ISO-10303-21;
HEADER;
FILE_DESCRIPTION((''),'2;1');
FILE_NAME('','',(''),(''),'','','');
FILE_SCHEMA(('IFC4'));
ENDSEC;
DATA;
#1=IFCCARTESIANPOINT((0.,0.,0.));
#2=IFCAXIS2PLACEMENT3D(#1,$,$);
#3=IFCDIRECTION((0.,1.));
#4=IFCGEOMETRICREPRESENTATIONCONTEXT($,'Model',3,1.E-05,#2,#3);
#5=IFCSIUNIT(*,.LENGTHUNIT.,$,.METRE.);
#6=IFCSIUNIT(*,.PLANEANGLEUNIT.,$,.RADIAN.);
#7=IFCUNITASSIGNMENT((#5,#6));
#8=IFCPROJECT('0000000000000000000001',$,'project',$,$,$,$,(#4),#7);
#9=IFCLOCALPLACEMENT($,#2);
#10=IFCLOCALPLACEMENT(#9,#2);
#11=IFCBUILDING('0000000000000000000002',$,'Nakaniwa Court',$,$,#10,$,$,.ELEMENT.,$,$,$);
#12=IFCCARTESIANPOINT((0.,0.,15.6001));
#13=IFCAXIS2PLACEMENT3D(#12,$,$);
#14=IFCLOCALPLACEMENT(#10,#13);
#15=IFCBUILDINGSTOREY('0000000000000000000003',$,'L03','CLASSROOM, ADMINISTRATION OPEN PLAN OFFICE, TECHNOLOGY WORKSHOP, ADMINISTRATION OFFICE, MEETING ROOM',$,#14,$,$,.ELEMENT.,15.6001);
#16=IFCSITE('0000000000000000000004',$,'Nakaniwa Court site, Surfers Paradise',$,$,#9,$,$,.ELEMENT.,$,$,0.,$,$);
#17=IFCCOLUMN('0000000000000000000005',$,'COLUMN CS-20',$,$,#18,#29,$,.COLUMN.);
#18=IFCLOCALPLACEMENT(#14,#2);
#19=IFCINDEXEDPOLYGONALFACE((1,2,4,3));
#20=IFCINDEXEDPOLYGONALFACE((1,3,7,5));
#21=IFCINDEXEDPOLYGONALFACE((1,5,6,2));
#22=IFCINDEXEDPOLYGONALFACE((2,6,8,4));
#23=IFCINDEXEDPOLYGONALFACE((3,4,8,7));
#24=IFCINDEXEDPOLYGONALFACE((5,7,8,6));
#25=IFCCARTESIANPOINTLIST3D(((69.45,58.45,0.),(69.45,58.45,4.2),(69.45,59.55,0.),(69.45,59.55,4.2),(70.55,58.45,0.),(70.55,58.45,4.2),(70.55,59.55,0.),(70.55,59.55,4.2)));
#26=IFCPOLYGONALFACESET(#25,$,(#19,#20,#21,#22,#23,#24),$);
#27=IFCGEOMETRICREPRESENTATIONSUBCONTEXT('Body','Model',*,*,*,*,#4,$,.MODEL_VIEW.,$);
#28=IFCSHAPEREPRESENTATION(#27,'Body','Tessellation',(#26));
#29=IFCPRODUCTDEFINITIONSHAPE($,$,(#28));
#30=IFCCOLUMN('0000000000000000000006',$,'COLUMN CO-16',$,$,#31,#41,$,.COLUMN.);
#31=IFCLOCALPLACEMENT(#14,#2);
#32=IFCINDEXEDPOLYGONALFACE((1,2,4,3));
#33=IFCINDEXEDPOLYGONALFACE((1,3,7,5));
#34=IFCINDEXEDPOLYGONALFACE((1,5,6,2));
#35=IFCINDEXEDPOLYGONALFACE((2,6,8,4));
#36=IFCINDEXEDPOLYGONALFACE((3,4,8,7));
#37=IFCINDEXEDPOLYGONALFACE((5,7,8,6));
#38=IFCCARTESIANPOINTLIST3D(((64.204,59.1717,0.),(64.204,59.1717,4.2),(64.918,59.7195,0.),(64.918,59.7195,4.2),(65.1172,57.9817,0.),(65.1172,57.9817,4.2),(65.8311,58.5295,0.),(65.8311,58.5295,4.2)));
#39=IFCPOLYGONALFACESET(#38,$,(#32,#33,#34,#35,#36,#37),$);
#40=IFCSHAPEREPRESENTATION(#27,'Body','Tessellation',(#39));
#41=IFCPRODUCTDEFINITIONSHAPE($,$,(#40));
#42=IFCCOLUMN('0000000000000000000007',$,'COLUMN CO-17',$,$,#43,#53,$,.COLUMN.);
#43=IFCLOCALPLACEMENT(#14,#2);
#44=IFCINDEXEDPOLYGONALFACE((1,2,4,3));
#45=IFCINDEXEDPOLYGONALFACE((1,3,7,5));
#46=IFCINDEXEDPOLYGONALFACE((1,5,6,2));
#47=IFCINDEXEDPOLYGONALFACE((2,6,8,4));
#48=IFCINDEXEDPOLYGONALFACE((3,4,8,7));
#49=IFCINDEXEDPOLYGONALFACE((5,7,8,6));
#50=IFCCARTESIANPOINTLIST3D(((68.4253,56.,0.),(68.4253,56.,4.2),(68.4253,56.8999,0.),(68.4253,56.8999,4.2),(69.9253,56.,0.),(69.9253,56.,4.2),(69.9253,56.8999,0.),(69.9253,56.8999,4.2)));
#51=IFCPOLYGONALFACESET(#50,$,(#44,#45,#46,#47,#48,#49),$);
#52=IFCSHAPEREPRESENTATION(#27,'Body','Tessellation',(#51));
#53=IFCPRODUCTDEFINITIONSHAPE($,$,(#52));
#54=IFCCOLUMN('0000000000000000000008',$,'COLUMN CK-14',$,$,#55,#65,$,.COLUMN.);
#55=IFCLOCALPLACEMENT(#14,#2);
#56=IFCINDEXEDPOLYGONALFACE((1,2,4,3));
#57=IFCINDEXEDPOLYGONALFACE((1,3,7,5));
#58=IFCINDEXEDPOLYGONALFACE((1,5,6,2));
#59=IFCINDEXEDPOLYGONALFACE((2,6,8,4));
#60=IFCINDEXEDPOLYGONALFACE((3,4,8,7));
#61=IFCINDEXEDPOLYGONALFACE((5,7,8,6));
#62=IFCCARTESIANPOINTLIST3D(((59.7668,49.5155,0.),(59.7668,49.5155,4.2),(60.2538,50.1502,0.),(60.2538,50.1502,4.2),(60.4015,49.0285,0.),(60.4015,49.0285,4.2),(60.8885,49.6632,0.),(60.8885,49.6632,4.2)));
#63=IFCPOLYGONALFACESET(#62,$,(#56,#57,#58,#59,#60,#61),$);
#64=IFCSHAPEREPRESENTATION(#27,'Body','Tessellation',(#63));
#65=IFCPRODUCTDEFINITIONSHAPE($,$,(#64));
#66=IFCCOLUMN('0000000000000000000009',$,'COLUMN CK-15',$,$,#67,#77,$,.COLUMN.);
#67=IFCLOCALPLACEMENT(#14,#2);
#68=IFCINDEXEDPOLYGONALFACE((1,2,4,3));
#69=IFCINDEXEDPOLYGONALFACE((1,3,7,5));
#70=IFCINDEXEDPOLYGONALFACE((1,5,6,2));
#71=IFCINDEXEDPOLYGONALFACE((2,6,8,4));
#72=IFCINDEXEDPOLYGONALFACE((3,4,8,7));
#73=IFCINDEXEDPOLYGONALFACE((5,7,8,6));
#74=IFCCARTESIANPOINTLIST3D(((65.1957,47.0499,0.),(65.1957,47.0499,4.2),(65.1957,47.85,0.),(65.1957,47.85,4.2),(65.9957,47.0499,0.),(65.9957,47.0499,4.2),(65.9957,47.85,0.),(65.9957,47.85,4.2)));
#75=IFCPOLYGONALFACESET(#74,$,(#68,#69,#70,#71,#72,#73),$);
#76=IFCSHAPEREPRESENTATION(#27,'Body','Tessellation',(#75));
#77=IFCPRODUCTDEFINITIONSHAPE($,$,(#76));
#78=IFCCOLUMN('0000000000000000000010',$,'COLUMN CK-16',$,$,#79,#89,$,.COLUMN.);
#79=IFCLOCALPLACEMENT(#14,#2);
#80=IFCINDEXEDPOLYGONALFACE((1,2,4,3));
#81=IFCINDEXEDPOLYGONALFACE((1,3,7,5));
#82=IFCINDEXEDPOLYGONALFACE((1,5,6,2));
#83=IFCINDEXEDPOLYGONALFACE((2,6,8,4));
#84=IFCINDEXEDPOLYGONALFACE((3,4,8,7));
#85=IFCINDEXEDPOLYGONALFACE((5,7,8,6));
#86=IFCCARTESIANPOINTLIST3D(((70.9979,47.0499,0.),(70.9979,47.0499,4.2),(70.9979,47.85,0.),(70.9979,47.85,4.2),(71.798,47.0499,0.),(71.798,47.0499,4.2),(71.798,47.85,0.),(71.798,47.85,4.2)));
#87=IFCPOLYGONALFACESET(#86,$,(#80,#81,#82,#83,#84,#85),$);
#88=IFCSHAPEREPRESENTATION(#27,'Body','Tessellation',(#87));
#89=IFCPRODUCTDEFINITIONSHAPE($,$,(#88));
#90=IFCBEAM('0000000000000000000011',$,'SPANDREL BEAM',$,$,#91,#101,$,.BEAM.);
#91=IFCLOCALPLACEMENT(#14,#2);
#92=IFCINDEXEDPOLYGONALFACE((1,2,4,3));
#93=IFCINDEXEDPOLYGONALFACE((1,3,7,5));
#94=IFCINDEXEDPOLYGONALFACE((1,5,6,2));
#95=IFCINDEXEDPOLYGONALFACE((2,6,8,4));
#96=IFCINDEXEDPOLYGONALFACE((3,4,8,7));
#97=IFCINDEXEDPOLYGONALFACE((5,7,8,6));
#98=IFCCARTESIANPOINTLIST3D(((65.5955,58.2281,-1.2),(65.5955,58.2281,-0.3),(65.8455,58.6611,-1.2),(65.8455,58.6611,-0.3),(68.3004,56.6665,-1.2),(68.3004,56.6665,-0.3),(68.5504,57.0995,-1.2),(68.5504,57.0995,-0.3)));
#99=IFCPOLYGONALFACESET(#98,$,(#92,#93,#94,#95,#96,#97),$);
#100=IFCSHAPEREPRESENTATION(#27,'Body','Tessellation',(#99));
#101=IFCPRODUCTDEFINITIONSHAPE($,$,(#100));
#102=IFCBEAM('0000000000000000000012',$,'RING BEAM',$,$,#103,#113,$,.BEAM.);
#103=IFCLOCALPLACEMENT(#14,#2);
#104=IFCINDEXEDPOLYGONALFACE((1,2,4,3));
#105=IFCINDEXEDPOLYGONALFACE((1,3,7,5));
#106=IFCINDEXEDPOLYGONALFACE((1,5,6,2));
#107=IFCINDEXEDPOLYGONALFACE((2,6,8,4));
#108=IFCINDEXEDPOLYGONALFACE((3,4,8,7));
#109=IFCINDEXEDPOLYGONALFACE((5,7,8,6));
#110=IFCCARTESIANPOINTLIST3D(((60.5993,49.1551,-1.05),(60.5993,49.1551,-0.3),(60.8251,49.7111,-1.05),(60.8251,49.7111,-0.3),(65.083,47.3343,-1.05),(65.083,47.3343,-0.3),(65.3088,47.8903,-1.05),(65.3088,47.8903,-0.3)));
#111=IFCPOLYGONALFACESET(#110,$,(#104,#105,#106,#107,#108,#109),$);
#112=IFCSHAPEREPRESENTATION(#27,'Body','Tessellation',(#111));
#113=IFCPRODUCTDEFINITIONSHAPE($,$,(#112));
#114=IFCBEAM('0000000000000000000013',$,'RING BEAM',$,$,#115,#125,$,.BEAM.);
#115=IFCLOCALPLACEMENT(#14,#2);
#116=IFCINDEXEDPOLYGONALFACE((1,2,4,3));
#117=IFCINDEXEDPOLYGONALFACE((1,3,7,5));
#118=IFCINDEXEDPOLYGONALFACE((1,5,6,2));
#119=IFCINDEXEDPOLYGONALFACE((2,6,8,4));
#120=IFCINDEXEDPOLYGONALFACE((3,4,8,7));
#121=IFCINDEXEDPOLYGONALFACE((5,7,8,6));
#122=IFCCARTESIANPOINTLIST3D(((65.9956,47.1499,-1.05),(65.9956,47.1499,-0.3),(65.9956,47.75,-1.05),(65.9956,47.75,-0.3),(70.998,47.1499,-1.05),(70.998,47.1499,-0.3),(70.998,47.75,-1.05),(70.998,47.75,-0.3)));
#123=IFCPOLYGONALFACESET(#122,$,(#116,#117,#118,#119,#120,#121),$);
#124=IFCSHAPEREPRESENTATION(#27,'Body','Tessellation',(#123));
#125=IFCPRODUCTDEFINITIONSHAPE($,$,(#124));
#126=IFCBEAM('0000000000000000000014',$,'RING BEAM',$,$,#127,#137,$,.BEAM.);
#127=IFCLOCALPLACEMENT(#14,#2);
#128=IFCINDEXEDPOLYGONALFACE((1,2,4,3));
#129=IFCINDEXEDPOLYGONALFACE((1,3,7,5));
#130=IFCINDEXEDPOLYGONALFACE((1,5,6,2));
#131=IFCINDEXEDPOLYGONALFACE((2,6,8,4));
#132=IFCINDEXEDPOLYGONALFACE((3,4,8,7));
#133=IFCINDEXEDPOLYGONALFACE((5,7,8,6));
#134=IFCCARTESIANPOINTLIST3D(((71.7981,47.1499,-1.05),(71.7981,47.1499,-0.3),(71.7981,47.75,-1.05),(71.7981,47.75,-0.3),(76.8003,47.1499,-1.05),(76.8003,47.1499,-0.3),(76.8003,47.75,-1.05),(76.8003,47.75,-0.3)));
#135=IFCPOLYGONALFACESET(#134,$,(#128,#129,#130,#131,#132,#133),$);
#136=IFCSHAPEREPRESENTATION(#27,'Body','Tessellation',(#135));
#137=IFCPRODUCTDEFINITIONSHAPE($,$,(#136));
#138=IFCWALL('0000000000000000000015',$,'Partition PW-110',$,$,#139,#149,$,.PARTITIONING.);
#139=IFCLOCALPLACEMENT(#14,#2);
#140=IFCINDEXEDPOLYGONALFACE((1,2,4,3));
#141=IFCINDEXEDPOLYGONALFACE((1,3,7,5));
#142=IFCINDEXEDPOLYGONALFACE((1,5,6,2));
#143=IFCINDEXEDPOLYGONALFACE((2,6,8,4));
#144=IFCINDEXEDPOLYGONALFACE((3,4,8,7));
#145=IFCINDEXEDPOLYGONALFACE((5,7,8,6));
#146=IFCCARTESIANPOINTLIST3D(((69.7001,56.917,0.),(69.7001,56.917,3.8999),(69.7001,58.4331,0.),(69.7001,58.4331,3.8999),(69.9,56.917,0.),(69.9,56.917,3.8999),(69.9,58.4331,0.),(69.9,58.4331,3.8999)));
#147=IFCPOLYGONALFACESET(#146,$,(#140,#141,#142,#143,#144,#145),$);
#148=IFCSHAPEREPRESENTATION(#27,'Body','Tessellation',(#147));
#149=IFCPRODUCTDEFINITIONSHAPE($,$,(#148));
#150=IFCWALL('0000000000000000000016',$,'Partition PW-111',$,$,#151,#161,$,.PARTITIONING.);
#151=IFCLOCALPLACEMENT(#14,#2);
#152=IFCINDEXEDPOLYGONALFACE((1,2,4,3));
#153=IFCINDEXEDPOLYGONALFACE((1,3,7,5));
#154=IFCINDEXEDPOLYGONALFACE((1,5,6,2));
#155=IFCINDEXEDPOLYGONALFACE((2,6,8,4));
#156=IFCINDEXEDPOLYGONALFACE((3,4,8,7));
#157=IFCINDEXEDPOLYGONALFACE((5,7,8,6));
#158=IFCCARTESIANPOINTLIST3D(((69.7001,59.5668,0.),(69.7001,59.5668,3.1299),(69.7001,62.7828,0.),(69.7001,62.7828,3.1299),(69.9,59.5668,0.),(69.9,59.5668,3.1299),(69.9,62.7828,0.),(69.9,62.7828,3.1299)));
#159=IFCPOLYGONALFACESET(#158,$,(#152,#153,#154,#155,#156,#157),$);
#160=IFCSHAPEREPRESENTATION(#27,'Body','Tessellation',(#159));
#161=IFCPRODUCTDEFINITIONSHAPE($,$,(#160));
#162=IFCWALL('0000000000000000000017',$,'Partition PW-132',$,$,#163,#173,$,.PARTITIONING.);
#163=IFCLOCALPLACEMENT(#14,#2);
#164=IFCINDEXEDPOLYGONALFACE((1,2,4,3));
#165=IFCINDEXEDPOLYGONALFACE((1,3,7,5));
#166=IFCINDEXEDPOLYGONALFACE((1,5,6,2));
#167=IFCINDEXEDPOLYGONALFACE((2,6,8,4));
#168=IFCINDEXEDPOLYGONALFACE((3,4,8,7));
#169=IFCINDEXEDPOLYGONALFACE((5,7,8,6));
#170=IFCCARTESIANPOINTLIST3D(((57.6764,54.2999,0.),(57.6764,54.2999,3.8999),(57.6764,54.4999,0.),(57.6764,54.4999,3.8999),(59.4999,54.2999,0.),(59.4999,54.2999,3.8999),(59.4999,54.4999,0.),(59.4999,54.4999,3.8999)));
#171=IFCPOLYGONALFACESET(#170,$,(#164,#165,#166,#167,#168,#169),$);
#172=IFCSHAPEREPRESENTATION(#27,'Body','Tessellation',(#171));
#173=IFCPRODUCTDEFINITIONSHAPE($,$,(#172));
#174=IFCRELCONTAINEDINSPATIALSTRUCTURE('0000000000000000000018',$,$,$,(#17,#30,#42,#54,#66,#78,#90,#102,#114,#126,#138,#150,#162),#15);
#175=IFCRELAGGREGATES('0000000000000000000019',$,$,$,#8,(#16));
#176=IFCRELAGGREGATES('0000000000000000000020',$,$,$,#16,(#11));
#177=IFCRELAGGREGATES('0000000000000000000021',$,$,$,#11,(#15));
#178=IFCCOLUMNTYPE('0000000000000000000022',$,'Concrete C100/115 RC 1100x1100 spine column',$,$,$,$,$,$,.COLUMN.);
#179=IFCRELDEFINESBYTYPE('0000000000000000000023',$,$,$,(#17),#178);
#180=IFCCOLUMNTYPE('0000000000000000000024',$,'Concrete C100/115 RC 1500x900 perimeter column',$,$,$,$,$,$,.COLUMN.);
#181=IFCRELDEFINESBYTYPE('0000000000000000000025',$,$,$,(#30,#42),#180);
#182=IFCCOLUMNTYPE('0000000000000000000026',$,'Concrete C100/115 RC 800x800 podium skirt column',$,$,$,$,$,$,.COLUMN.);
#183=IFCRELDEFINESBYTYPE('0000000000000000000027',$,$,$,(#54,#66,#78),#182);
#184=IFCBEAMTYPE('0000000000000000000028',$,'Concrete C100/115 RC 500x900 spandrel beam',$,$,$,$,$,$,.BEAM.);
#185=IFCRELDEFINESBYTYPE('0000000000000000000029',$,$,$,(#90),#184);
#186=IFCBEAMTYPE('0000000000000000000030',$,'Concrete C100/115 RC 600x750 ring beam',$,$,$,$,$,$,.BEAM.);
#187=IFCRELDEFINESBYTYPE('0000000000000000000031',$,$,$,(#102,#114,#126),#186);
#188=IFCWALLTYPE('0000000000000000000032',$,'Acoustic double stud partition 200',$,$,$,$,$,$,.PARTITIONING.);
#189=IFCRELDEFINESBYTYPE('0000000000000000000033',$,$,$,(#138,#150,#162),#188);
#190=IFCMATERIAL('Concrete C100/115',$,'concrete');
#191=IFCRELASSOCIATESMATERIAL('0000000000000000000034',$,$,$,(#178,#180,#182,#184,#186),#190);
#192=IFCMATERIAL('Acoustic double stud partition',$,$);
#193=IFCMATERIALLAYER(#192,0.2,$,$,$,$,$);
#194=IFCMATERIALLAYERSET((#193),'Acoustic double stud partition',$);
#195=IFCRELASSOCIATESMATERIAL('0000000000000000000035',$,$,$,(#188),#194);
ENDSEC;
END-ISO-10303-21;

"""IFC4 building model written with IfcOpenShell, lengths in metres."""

from ifc_helpers import new_model, si_unit, direction, frame, frame_2d, origin, origin_2d, place, context, subcontext, project, spatial, rectangle, extrude, material, layer, layer_set, material_profile, profile_set, type_object, element, save


model = new_model("IFC4")

# Units and contexts
model_context = context("Model", 3, precision=1e-05, world=origin(), true_north=direction((0.0, 1.0)))
body_context = subcontext(model_context, "Body", "Model", "MODEL_VIEW")
ifc_project = project(units=[si_unit("LENGTHUNIT", "METRE"), si_unit("PLANEANGLEUNIT", "RADIAN")], contexts=[model_context])

# Site, building, storey
site_placement = place(None, origin())
site = spatial("IfcSite", under=ifc_project, at=site_placement, Name="Nakaniwa Court site, Surfers Paradise", CompositionType="ELEMENT", RefElevation=0.0)
building_placement = place(site_placement, origin())
building = spatial("IfcBuilding", under=site, at=building_placement, Name="Nakaniwa Court", CompositionType="ELEMENT")
storey_placement = place(building_placement, frame((0.0, 0.0, 15.6001)))
storey = spatial("IfcBuildingStorey", under=building, at=storey_placement, Name="L03", Description="CLASSROOM, ADMINISTRATION OPEN PLAN OFFICE, TECHNOLOGY WORKSHOP, ADMINISTRATION OFFICE, MEETING ROOM", CompositionType="ELEMENT", Elevation=15.6001)

# Columns
ifc_material_1 = material(Name="Concrete C100/115", Category="concrete")
ifc_material_profile_1 = material_profile(ifc_material_1, rectangle(XDim=1.1001, YDim=1.1001, at=origin_2d()), Name="Concrete C100/115 RC 1100x1100 spine column")
ifc_profile_set_1 = profile_set([ifc_material_profile_1], Name="Concrete C100/115")
column_type_1 = type_object("IfcColumnType", Name="Concrete C100/115 RC 1100x1100 spine column", PredefinedType="COLUMN", material=ifc_profile_set_1)
column_placement = place(storey_placement, frame((70.0, 59.0, 0.0), z_axis=(0.0, 0.0, 1.0), x_axis=(0.0, -1.0, 0.0)))
element("IfcColumn", 1, at=column_placement, inside=storey, type_object=column_type_1, Name="COLUMN CS-20", PredefinedType="COLUMN", context=body_context, shape_type="SweptSolid", body=[
    extrude(rectangle(XDim=1.1001, YDim=1.1001, at=origin_2d()), origin(), (0.0, 0.0, 1.0), 4.2),
])
ifc_material_profile_2 = material_profile(ifc_material_1, rectangle(XDim=1.5, YDim=0.8999, at=origin_2d()), Name="Concrete C100/115 RC 1500x900 perimeter column")
ifc_profile_set_2 = profile_set([ifc_material_profile_2], Name="Concrete C100/115")
column_type_2 = type_object("IfcColumnType", Name="Concrete C100/115 RC 1500x900 perimeter column", PredefinedType="COLUMN", material=ifc_profile_set_2)
for number, where, z_axis, x_axis, name in (
    (2, (65.0176, 58.8506, 0.0), (0.0, 0.0, 1.0), (0.608761, -0.793353, 0.0), "COLUMN CO-16"),
    (3, (69.1753, 56.45, 0.0), (0.0, 0.0, 1.0), (1.0, 0.0, 0.0), "COLUMN CO-17"),
):
    element("IfcColumn", number, at=place(storey_placement, frame(where, z_axis=z_axis, x_axis=x_axis)), inside=storey, type_object=column_type_2, Name=name, PredefinedType="COLUMN", context=body_context, shape_type="SweptSolid", body=[
        extrude(rectangle(XDim=1.5, YDim=0.8999, at=origin_2d()), origin(), (0.0, 0.0, 1.0), 4.2),
    ])
ifc_material_profile_3 = material_profile(ifc_material_1, rectangle(XDim=0.8, YDim=0.8, at=origin_2d()), Name="Concrete C100/115 RC 800x800 podium skirt column")
ifc_profile_set_3 = profile_set([ifc_material_profile_3], Name="Concrete C100/115")
column_type_3 = type_object("IfcColumnType", Name="Concrete C100/115 RC 800x800 podium skirt column", PredefinedType="COLUMN", material=ifc_profile_set_3)
for number, where, z_axis, x_axis, name in (
    (4, (60.3276, 49.5894, 0.0), (0.0, 0.0, 1.0), (0.793353, -0.608761, 0.0), "COLUMN CK-14"),
    (5, (65.5957, 47.45, 0.0), (0.0, 0.0, 1.0), (1.0, 0.0, 0.0), "COLUMN CK-15"),
    (6, (71.3979, 47.45, 0.0), (0.0, 0.0, 1.0), (1.0, 0.0, 0.0), "COLUMN CK-16"),
):
    element("IfcColumn", number, at=place(storey_placement, frame(where, z_axis=z_axis, x_axis=x_axis)), inside=storey, type_object=column_type_3, Name=name, PredefinedType="COLUMN", context=body_context, shape_type="SweptSolid", body=[
        extrude(rectangle(XDim=0.8, YDim=0.8, at=origin_2d()), origin(), (0.0, 0.0, 1.0), 4.2),
    ])

# Beams
ifc_material_profile_4 = material_profile(ifc_material_1, rectangle(XDim=0.5, YDim=0.8999, at=origin_2d()), Name="Concrete C100/115 RC 500x900 spandrel beam")
ifc_profile_set_4 = profile_set([ifc_material_profile_4], Name="Concrete C100/115")
beam_type_1 = type_object("IfcBeamType", Name="Concrete C100/115 RC 500x900 spandrel beam", PredefinedType="BEAM", material=ifc_profile_set_4)
beam_1_placement = place(storey_placement, frame((65.7205, 58.4446, -0.75), z_axis=(0.866041, -0.499973, 0.0), x_axis=(0.499973, 0.866041, 0.0)))
element("IfcBeam", 7, at=beam_1_placement, inside=storey, type_object=beam_type_1, Name="SPANDREL BEAM", PredefinedType="BEAM", context=body_context, shape_type="SweptSolid", body=[
    extrude(rectangle(XDim=0.5, YDim=0.8999, at=origin_2d()), origin(), (0.0, 0.0, 1.0), 3.1233),
])
ifc_material_profile_5 = material_profile(ifc_material_1, rectangle(XDim=0.6001, YDim=0.75, at=origin_2d()), Name="Concrete C100/115 RC 600x750 ring beam")
ifc_profile_set_5 = profile_set([ifc_material_profile_5], Name="Concrete C100/115")
beam_type_2 = type_object("IfcBeamType", Name="Concrete C100/115 RC 600x750 ring beam", PredefinedType="BEAM", material=ifc_profile_set_5)
beam_2_placement = place(storey_placement, frame((60.7122, 49.4331, -0.675), z_axis=(0.926515, -0.376257, 0.0), x_axis=(0.376257, 0.926515, 0.0)))
element("IfcBeam", 8, at=beam_2_placement, inside=storey, type_object=beam_type_2, Name="RING BEAM", PredefinedType="BEAM", context=body_context, shape_type="SweptSolid", body=[
    extrude(rectangle(XDim=0.6001, YDim=0.75, at=origin_2d()), origin(), (0.0, 0.0, 1.0), 4.8394),
])
beam_3_placement = place(storey_placement, frame((65.9956, 47.45, -0.675), z_axis=(1.0, 0.0, 0.0), x_axis=(0.0, 1.0, 0.0)))
element("IfcBeam", 9, at=beam_3_placement, inside=storey, type_object=beam_type_2, Name="RING BEAM", PredefinedType="BEAM", context=body_context, shape_type="SweptSolid", body=[
    extrude(rectangle(XDim=0.6001, YDim=0.75, at=origin_2d()), origin(), (0.0, 0.0, 1.0), 5.0024),
])
beam_4_placement = place(storey_placement, frame((71.7981, 47.45, -0.675), z_axis=(1.0, 0.0, 0.0), x_axis=(0.0, 1.0, 0.0)))
element("IfcBeam", 10, at=beam_4_placement, inside=storey, type_object=beam_type_2, Name="RING BEAM", PredefinedType="BEAM", context=body_context, shape_type="SweptSolid", body=[
    extrude(rectangle(XDim=0.6001, YDim=0.75, at=origin_2d()), origin(), (0.0, 0.0, 1.0), 5.0022),
])

# Walls
ifc_material_2 = material(Name="Acoustic double stud partition")
ifc_layer_1 = layer(ifc_material_2, 0.2)
ifc_layer_set_1 = layer_set([ifc_layer_1], Name="Acoustic double stud partition")
wall_type_1 = type_object("IfcWallType", Name="Acoustic double stud partition 200", PredefinedType="PARTITIONING", material=ifc_layer_set_1)
wall_1_placement = place(storey_placement, frame((69.8, 56.917, 0.0), z_axis=(0.0, 0.0, 1.0), x_axis=(0.0, 1.0, 0.0)))
element("IfcWall", 11, at=wall_1_placement, inside=storey, type_object=wall_type_1, Name="Partition PW-110", PredefinedType="PARTITIONING", context=body_context, shape_type="SweptSolid", body=[
    extrude(rectangle(XDim=1.5161, YDim=0.2, at=frame_2d((0.7581, 0.0))), origin(), (0.0, 0.0, 1.0), 3.8999),
])
wall_2_placement = place(storey_placement, frame((69.8, 59.5669, 0.0), z_axis=(0.0, 0.0, 1.0), x_axis=(0.0, 1.0, 0.0)))
element("IfcWall", 12, at=wall_2_placement, inside=storey, type_object=wall_type_1, Name="Partition PW-111", PredefinedType="PARTITIONING", context=body_context, shape_type="SweptSolid", body=[
    extrude(rectangle(XDim=3.2161, YDim=0.2, at=frame_2d((1.6079, 0.0))), origin(), (0.0, 0.0, 1.0), 3.1299),
])
wall_3_placement = place(storey_placement, frame((57.6765, 54.3999, 0.0), z_axis=(0.0, 0.0, 1.0), x_axis=(1.0, 0.0, 0.0)))
element("IfcWall", 13, at=wall_3_placement, inside=storey, type_object=wall_type_1, Name="Partition PW-132", PredefinedType="PARTITIONING", context=body_context, shape_type="SweptSolid", body=[
    extrude(rectangle(XDim=1.8235, YDim=0.2, at=frame_2d((0.9116, 0.0))), origin(), (0.0, 0.0, 1.0), 3.8999),
])

save(model, "model.ifc")
